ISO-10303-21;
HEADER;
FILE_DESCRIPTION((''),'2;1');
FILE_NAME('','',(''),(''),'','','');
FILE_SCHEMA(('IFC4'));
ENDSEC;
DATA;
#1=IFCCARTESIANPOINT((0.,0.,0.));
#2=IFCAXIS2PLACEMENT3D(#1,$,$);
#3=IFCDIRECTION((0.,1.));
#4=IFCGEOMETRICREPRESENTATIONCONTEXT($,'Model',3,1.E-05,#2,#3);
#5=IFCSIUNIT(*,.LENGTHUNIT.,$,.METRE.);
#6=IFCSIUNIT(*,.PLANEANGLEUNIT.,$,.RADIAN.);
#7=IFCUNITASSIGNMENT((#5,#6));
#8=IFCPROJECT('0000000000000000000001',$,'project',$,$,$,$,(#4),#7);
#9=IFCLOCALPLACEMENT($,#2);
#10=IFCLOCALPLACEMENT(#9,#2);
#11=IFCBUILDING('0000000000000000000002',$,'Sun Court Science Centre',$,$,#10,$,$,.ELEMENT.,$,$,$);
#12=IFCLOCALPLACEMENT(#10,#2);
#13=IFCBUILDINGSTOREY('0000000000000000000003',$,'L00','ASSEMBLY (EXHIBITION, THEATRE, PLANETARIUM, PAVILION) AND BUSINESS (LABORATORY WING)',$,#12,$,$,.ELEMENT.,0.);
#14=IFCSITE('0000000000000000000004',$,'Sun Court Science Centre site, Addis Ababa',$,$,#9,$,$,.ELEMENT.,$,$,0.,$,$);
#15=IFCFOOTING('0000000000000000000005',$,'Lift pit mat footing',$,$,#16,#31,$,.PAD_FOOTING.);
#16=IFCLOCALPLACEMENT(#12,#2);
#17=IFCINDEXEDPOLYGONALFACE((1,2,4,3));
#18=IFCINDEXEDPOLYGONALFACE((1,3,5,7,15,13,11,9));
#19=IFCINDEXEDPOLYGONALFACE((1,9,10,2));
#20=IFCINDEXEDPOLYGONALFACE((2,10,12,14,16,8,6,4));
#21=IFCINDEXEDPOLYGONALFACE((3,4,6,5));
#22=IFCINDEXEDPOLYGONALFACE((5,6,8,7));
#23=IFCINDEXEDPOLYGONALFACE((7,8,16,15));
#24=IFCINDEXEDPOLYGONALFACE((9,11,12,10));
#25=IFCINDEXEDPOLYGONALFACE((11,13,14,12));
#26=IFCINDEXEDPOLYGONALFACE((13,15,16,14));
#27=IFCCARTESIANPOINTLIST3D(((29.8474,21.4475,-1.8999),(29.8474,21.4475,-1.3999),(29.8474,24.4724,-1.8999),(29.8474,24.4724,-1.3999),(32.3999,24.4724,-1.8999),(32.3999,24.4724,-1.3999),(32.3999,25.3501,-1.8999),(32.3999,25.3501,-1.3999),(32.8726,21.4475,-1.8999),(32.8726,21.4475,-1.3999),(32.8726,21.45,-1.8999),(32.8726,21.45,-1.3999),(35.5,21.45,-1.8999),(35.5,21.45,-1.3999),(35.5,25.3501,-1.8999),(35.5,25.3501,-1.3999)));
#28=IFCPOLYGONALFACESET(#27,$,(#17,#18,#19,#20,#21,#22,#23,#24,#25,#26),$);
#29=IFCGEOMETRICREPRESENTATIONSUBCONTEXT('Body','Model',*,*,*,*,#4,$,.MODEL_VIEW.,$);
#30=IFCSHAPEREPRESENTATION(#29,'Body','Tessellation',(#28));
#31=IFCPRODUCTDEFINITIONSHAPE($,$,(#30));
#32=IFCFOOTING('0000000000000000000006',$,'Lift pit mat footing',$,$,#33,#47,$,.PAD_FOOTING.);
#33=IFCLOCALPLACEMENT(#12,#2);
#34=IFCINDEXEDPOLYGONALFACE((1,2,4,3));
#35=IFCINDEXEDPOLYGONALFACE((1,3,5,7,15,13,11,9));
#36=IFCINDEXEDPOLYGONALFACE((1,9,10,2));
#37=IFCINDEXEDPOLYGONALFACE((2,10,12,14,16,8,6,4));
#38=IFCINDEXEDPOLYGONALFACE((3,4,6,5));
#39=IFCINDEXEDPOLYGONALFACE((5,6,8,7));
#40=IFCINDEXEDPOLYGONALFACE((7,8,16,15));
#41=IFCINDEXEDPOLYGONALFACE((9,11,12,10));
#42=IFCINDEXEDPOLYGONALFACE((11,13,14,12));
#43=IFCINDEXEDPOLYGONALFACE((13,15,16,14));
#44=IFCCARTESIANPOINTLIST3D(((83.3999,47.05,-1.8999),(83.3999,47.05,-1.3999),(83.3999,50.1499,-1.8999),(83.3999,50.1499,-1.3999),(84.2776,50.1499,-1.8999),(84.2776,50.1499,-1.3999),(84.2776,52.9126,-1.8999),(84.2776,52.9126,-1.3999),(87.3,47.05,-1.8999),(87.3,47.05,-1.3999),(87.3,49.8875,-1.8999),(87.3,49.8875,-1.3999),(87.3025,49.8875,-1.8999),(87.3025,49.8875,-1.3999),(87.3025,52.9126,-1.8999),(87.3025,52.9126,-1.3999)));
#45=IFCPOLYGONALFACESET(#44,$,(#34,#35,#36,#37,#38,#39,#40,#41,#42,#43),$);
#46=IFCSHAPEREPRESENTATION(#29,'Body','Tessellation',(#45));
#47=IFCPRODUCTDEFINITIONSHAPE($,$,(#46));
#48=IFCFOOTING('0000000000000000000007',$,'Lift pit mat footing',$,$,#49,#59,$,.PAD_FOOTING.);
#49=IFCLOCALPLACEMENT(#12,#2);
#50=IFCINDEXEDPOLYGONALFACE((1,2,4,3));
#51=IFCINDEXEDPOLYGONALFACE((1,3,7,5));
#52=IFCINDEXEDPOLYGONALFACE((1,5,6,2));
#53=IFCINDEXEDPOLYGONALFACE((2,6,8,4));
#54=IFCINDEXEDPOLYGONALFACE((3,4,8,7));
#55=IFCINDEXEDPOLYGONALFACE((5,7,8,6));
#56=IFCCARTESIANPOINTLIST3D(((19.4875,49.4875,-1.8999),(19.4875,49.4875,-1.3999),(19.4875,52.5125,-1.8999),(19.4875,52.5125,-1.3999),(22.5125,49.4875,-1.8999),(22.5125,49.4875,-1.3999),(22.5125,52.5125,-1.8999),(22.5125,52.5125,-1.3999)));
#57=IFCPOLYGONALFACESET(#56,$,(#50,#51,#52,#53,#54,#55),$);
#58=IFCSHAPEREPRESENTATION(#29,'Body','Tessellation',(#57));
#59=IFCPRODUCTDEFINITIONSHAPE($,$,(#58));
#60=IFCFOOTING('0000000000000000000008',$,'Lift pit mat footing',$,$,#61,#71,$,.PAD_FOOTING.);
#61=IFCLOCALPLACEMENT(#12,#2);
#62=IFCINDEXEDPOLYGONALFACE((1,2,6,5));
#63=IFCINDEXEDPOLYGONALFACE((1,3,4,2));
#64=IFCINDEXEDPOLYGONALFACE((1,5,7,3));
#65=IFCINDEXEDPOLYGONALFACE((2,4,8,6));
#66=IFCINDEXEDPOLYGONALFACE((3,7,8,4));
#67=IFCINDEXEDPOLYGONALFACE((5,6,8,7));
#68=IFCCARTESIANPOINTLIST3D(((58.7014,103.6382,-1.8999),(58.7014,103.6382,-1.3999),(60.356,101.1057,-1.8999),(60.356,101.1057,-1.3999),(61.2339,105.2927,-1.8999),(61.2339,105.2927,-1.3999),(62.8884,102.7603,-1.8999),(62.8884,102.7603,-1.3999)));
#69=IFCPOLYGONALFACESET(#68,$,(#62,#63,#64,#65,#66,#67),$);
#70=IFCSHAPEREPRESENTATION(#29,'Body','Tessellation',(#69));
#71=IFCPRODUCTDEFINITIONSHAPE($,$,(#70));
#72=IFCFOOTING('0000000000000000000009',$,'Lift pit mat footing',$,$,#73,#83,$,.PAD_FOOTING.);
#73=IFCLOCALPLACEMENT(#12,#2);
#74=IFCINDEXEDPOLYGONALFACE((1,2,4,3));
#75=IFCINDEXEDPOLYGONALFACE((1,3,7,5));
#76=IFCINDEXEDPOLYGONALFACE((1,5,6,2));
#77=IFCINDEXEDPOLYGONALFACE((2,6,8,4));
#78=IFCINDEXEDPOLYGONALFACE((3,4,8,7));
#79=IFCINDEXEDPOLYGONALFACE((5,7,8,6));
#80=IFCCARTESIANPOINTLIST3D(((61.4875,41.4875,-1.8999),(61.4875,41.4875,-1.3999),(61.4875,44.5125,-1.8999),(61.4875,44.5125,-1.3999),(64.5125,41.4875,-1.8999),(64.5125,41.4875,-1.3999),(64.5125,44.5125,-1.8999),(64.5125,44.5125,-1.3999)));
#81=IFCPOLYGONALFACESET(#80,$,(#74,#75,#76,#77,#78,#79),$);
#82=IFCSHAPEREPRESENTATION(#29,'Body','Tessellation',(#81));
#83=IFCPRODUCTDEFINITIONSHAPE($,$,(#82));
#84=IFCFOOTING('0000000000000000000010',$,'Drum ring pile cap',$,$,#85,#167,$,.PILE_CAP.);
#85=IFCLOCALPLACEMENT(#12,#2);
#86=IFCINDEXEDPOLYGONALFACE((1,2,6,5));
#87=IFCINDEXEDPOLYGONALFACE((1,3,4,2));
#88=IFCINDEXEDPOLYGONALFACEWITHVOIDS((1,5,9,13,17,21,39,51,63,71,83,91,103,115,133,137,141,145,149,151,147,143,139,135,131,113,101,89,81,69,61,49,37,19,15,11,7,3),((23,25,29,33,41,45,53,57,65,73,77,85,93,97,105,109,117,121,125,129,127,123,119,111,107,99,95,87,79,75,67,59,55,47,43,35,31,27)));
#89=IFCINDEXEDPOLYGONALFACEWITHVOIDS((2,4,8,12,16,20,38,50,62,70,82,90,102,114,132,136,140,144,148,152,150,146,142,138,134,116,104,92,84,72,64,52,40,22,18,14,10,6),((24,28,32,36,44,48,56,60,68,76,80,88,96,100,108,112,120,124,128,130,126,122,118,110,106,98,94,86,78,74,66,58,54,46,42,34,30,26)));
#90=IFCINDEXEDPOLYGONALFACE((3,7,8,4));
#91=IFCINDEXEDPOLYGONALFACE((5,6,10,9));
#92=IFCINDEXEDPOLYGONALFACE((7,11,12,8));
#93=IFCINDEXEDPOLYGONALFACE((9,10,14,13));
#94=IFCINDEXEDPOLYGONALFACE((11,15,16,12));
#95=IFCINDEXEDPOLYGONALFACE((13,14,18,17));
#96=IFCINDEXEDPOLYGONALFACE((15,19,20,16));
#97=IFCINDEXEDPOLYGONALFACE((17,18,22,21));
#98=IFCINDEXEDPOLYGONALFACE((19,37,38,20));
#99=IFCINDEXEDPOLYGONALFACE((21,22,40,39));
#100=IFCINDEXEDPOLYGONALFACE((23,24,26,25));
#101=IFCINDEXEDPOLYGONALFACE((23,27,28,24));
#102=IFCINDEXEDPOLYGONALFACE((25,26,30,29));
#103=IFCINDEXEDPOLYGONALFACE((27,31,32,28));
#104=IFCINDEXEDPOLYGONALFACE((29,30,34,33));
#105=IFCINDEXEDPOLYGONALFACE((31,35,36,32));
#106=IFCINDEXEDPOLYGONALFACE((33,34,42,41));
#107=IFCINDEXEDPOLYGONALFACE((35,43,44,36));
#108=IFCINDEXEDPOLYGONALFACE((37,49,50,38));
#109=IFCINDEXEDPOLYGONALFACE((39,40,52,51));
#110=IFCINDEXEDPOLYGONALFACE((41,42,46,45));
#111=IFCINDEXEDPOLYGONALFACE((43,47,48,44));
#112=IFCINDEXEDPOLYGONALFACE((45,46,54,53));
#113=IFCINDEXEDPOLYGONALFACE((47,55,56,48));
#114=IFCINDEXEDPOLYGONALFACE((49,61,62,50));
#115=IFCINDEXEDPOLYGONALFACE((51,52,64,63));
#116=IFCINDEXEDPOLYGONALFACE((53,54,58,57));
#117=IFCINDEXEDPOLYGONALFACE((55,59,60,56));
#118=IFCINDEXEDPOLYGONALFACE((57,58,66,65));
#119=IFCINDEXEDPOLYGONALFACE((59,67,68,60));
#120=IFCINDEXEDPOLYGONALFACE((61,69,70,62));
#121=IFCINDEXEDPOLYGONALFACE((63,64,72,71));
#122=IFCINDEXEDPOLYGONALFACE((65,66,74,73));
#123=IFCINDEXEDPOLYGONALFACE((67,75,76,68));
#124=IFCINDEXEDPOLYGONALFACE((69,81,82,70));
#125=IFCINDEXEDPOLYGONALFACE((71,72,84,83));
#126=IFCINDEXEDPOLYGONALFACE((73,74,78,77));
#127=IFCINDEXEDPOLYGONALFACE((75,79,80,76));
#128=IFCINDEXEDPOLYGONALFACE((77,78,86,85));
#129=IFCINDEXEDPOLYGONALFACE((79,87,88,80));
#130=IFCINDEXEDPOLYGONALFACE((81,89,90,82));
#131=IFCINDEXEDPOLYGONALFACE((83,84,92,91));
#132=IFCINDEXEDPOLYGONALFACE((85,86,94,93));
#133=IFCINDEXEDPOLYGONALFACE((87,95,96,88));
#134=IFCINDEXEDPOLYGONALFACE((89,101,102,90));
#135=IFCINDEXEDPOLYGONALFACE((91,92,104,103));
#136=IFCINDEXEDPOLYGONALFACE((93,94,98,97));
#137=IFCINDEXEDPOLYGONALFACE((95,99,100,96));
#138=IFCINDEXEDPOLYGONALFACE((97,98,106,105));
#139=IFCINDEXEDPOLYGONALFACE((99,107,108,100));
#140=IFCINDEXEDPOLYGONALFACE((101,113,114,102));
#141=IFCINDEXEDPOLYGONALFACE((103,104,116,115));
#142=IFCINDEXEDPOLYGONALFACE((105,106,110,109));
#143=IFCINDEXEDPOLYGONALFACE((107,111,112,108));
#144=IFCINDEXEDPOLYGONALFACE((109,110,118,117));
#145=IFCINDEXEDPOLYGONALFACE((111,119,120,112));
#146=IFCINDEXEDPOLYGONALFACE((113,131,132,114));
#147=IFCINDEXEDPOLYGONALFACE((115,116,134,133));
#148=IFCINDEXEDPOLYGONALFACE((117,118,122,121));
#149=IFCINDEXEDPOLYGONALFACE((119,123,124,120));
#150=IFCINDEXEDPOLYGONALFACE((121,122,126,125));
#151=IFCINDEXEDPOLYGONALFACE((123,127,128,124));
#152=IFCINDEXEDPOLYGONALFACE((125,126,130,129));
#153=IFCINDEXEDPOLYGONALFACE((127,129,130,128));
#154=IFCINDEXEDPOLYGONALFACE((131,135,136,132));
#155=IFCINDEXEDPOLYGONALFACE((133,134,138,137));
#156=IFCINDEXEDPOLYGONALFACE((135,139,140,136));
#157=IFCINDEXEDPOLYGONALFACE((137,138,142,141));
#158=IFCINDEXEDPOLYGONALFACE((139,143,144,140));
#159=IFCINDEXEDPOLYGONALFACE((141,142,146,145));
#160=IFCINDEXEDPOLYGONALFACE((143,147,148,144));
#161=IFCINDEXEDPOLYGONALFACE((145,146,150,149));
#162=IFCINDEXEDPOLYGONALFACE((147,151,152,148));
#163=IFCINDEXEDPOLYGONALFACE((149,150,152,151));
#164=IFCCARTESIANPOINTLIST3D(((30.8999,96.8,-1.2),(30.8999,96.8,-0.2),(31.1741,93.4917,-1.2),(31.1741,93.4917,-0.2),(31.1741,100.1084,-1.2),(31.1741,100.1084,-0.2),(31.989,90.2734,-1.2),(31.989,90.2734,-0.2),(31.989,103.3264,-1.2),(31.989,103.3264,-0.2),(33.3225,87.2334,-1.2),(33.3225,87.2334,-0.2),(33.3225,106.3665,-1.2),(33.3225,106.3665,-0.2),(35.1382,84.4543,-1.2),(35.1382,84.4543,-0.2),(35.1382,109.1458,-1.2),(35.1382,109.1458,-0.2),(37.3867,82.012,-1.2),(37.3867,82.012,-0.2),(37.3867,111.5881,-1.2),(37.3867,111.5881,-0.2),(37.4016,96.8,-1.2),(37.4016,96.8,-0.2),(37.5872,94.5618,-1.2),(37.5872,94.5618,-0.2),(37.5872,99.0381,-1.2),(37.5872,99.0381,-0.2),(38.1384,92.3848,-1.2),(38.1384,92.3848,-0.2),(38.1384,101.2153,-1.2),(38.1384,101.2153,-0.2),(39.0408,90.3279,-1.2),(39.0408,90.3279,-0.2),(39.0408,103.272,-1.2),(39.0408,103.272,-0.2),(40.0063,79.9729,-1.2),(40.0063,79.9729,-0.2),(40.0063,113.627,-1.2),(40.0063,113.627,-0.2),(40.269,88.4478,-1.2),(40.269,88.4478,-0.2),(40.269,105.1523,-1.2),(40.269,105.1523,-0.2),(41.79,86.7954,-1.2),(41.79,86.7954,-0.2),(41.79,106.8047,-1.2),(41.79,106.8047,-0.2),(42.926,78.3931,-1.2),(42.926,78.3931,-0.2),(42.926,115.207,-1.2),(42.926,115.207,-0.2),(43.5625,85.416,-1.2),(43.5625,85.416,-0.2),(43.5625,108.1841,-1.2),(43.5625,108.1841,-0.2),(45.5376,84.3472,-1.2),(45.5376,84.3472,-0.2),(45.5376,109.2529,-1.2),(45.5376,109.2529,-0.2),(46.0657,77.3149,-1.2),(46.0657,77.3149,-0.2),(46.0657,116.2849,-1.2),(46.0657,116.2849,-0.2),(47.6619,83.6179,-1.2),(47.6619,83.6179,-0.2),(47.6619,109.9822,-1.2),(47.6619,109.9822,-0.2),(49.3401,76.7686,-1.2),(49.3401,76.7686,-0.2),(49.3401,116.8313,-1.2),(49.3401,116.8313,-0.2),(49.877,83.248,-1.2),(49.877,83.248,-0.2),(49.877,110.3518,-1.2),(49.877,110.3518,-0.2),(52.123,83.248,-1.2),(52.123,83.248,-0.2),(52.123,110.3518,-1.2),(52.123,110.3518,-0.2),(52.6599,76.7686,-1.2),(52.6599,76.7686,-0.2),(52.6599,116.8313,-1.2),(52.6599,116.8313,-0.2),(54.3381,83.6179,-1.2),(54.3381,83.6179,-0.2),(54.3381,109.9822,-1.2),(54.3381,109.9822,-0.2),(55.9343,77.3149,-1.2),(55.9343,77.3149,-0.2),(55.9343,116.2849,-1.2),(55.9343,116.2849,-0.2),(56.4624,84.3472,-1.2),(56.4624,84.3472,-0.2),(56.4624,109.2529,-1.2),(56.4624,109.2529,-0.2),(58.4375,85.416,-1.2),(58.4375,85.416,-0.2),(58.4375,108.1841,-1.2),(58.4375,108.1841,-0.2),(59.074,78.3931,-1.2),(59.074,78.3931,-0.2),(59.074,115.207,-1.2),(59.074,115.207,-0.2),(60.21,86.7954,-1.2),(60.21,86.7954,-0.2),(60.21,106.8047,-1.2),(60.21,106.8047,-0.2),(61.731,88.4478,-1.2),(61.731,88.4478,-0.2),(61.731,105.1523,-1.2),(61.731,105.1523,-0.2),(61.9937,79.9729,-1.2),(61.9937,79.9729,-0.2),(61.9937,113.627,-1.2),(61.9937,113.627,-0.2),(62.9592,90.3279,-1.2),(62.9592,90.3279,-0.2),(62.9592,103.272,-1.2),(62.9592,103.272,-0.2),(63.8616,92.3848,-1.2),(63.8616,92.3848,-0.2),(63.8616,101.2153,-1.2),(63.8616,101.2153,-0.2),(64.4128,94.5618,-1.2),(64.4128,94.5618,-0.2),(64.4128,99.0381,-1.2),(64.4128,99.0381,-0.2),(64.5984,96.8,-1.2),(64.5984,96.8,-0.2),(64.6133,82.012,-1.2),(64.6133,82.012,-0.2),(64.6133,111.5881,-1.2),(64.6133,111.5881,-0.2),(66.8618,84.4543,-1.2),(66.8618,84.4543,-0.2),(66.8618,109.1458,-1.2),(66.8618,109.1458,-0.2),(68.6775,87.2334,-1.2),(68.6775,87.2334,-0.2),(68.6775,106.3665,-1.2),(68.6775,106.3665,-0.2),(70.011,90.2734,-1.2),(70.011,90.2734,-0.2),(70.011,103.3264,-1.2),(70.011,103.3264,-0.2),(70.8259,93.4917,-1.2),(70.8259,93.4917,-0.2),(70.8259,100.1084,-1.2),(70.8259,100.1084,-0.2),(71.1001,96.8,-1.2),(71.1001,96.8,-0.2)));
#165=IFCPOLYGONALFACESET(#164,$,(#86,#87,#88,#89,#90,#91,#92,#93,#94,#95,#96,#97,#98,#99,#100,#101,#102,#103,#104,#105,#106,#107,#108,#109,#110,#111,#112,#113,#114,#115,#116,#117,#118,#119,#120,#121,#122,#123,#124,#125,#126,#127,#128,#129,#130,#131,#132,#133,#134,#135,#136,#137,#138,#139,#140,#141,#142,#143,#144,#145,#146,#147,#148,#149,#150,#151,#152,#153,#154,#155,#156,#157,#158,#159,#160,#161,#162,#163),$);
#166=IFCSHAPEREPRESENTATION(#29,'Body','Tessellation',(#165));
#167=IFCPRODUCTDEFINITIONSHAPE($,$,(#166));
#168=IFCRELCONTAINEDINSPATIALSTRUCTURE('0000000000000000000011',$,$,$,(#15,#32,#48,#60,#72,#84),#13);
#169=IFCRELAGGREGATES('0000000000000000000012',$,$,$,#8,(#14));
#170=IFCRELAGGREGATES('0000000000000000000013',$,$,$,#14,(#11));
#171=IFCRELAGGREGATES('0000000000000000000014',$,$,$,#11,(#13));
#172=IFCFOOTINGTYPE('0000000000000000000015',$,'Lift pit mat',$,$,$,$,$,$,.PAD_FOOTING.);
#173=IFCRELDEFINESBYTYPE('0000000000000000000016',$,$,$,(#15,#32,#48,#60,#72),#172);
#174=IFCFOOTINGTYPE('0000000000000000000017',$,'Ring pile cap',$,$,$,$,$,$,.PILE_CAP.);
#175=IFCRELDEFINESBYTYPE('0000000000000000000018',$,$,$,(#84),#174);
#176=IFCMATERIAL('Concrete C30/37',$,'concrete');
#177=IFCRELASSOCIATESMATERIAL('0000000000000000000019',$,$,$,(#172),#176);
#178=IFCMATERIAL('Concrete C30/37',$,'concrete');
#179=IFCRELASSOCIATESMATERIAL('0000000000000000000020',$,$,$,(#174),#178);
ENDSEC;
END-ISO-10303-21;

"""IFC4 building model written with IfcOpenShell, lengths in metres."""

from ifc_helpers import new_model, si_unit, direction, frame, origin, place, context, subcontext, project, spatial, polyline, outline, extrude, material, type_object, element, save


model = new_model("IFC4")

# Units and contexts
model_context = context("Model", 3, precision=1e-05, world=origin(), true_north=direction((0.0, 1.0)))
body_context = subcontext(model_context, "Body", "Model", "MODEL_VIEW")
ifc_project = project(units=[si_unit("LENGTHUNIT", "METRE"), si_unit("PLANEANGLEUNIT", "RADIAN")], contexts=[model_context])

# Site, building, storey
site_placement = place(None, origin())
site = spatial("IfcSite", under=ifc_project, at=site_placement, Name="Sun Court Science Centre site, Addis Ababa", CompositionType="ELEMENT", RefElevation=0.0)
building_placement = place(site_placement, origin())
building = spatial("IfcBuilding", under=site, at=building_placement, Name="Sun Court Science Centre", CompositionType="ELEMENT")
storey_placement = place(building_placement, origin())
storey = spatial("IfcBuildingStorey", under=building, at=storey_placement, Name="L00", Description="ASSEMBLY (EXHIBITION, THEATRE, PLANETARIUM, PAVILION) AND BUSINESS (LABORATORY WING)", CompositionType="ELEMENT", Elevation=0.0)

# Footings
ifc_material_1 = material(Name="Concrete C30/37", Category="concrete")
footing_type_1 = type_object("IfcFootingType", Name="Lift pit mat", PredefinedType="PAD_FOOTING", material=ifc_material_1)
footing_1_placement = place(storey_placement, frame((0.0, 0.0, -1.8999)))
element("IfcFooting", 1, at=footing_1_placement, inside=storey, type_object=footing_type_1, Name="Lift pit mat footing", PredefinedType="PAD_FOOTING", context=body_context, shape_type="SweptSolid", body=[
    extrude(outline(polyline([(29.8474, 24.4724), (29.8474, 21.4475), (32.8726, 21.4475), (32.8726, 21.45), (35.5, 21.45), (35.5, 25.3501), (32.3999, 25.3501), (32.3999, 24.4724), (29.8474, 24.4724)])), origin(), (0.0, 0.0, 1.0), 0.5),
])
footing_2_placement = place(storey_placement, frame((0.0, 0.0, -1.8999)))
element("IfcFooting", 2, at=footing_2_placement, inside=storey, type_object=footing_type_1, Name="Lift pit mat footing", PredefinedType="PAD_FOOTING", context=body_context, shape_type="SweptSolid", body=[
    extrude(outline(polyline([(83.3999, 50.1499), (83.3999, 47.05), (87.3, 47.05), (87.3, 49.8875), (87.3025, 49.8875), (87.3025, 52.9126), (84.2776, 52.9126), (84.2776, 50.1499), (83.3999, 50.1499)])), origin(), (0.0, 0.0, 1.0), 0.5),
])
footing_3_placement = place(storey_placement, frame((0.0, 0.0, -1.8999)))
element("IfcFooting", 3, at=footing_3_placement, inside=storey, type_object=footing_type_1, Name="Lift pit mat footing", PredefinedType="PAD_FOOTING", context=body_context, shape_type="SweptSolid", body=[
    extrude(outline(polyline([(19.4875, 49.4875), (22.5125, 49.4875), (22.5125, 52.5125), (19.4875, 52.5125), (19.4875, 49.4875)])), origin(), (0.0, 0.0, 1.0), 0.5),
])
footing_4_placement = place(storey_placement, frame((0.0, 0.0, -1.8999)))
element("IfcFooting", 4, at=footing_4_placement, inside=storey, type_object=footing_type_1, Name="Lift pit mat footing", PredefinedType="PAD_FOOTING", context=body_context, shape_type="SweptSolid", body=[
    extrude(outline(polyline([(60.356, 101.1057), (62.8884, 102.7603), (61.2339, 105.2927), (58.7014, 103.6382), (60.356, 101.1057)])), origin(), (0.0, 0.0, 1.0), 0.5),
])
footing_5_placement = place(storey_placement, frame((0.0, 0.0, -1.8999)))
element("IfcFooting", 5, at=footing_5_placement, inside=storey, type_object=footing_type_1, Name="Lift pit mat footing", PredefinedType="PAD_FOOTING", context=body_context, shape_type="SweptSolid", body=[
    extrude(outline(polyline([(61.4875, 41.4875), (64.5125, 41.4875), (64.5125, 44.5125), (61.4875, 44.5125), (61.4875, 41.4875)])), origin(), (0.0, 0.0, 1.0), 0.5),
])
ifc_material_2 = material(Name="Concrete C30/37", Category="concrete")
footing_type_2 = type_object("IfcFootingType", Name="Ring pile cap", PredefinedType="PILE_CAP", material=ifc_material_2)
footing_6_placement = place(storey_placement, frame((0.0, 0.0, -1.2)))
element("IfcFooting", 6, at=footing_6_placement, inside=storey, type_object=footing_type_2, Name="Drum ring pile cap", PredefinedType="PILE_CAP", context=body_context, shape_type="SweptSolid", body=[
    extrude(outline(polyline([(70.8259, 100.1084), (70.011, 103.3264), (68.6775, 106.3665), (66.8618, 109.1458), (64.6133, 111.5881), (61.9937, 113.627), (59.074, 115.207), (55.9343, 116.2849), (52.6599, 116.8313), (49.3401, 116.8313), (46.0657, 116.2849), (42.926, 115.207), (40.0063, 113.627), (37.3867, 111.5881), (35.1382, 109.1458), (33.3225, 106.3665), (31.989, 103.3264), (31.1741, 100.1084), (30.8999, 96.8), (31.1741, 93.4917), (31.989, 90.2734), (33.3225, 87.2334), (35.1382, 84.4543), (37.3867, 82.012), (40.0063, 79.9729), (42.926, 78.3931), (46.0657, 77.3149), (49.3401, 76.7686), (52.6599, 76.7686), (55.9343, 77.3149), (59.074, 78.3931), (61.9937, 79.9729), (64.6133, 82.012), (66.8618, 84.4543), (68.6775, 87.2334), (70.011, 90.2734), (70.8259, 93.4917), (71.1001, 96.8), (70.8259, 100.1084)]), holes=[polyline([(64.4128, 99.0381), (64.5984, 96.8), (64.4128, 94.5618), (63.8616, 92.3848), (62.9592, 90.3279), (61.731, 88.4478), (60.21, 86.7954), (58.4375, 85.416), (56.4624, 84.3472), (54.3381, 83.6179), (52.123, 83.248), (49.877, 83.248), (47.6619, 83.6179), (45.5376, 84.3472), (43.5625, 85.416), (41.79, 86.7954), (40.269, 88.4478), (39.0408, 90.3279), (38.1384, 92.3848), (37.5872, 94.5618), (37.4016, 96.8), (37.5872, 99.0381), (38.1384, 101.2153), (39.0408, 103.272), (40.269, 105.1523), (41.79, 106.8047), (43.5625, 108.1841), (45.5376, 109.2529), (47.6619, 109.9822), (49.877, 110.3518), (52.123, 110.3518), (54.3381, 109.9822), (56.4624, 109.2529), (58.4375, 108.1841), (60.21, 106.8047), (61.731, 105.1523), (62.9592, 103.272), (63.8616, 101.2153), (64.4128, 99.0381)])]), origin(), (0.0, 0.0, 1.0), 1.0),
])

save(model, "model.ifc")
